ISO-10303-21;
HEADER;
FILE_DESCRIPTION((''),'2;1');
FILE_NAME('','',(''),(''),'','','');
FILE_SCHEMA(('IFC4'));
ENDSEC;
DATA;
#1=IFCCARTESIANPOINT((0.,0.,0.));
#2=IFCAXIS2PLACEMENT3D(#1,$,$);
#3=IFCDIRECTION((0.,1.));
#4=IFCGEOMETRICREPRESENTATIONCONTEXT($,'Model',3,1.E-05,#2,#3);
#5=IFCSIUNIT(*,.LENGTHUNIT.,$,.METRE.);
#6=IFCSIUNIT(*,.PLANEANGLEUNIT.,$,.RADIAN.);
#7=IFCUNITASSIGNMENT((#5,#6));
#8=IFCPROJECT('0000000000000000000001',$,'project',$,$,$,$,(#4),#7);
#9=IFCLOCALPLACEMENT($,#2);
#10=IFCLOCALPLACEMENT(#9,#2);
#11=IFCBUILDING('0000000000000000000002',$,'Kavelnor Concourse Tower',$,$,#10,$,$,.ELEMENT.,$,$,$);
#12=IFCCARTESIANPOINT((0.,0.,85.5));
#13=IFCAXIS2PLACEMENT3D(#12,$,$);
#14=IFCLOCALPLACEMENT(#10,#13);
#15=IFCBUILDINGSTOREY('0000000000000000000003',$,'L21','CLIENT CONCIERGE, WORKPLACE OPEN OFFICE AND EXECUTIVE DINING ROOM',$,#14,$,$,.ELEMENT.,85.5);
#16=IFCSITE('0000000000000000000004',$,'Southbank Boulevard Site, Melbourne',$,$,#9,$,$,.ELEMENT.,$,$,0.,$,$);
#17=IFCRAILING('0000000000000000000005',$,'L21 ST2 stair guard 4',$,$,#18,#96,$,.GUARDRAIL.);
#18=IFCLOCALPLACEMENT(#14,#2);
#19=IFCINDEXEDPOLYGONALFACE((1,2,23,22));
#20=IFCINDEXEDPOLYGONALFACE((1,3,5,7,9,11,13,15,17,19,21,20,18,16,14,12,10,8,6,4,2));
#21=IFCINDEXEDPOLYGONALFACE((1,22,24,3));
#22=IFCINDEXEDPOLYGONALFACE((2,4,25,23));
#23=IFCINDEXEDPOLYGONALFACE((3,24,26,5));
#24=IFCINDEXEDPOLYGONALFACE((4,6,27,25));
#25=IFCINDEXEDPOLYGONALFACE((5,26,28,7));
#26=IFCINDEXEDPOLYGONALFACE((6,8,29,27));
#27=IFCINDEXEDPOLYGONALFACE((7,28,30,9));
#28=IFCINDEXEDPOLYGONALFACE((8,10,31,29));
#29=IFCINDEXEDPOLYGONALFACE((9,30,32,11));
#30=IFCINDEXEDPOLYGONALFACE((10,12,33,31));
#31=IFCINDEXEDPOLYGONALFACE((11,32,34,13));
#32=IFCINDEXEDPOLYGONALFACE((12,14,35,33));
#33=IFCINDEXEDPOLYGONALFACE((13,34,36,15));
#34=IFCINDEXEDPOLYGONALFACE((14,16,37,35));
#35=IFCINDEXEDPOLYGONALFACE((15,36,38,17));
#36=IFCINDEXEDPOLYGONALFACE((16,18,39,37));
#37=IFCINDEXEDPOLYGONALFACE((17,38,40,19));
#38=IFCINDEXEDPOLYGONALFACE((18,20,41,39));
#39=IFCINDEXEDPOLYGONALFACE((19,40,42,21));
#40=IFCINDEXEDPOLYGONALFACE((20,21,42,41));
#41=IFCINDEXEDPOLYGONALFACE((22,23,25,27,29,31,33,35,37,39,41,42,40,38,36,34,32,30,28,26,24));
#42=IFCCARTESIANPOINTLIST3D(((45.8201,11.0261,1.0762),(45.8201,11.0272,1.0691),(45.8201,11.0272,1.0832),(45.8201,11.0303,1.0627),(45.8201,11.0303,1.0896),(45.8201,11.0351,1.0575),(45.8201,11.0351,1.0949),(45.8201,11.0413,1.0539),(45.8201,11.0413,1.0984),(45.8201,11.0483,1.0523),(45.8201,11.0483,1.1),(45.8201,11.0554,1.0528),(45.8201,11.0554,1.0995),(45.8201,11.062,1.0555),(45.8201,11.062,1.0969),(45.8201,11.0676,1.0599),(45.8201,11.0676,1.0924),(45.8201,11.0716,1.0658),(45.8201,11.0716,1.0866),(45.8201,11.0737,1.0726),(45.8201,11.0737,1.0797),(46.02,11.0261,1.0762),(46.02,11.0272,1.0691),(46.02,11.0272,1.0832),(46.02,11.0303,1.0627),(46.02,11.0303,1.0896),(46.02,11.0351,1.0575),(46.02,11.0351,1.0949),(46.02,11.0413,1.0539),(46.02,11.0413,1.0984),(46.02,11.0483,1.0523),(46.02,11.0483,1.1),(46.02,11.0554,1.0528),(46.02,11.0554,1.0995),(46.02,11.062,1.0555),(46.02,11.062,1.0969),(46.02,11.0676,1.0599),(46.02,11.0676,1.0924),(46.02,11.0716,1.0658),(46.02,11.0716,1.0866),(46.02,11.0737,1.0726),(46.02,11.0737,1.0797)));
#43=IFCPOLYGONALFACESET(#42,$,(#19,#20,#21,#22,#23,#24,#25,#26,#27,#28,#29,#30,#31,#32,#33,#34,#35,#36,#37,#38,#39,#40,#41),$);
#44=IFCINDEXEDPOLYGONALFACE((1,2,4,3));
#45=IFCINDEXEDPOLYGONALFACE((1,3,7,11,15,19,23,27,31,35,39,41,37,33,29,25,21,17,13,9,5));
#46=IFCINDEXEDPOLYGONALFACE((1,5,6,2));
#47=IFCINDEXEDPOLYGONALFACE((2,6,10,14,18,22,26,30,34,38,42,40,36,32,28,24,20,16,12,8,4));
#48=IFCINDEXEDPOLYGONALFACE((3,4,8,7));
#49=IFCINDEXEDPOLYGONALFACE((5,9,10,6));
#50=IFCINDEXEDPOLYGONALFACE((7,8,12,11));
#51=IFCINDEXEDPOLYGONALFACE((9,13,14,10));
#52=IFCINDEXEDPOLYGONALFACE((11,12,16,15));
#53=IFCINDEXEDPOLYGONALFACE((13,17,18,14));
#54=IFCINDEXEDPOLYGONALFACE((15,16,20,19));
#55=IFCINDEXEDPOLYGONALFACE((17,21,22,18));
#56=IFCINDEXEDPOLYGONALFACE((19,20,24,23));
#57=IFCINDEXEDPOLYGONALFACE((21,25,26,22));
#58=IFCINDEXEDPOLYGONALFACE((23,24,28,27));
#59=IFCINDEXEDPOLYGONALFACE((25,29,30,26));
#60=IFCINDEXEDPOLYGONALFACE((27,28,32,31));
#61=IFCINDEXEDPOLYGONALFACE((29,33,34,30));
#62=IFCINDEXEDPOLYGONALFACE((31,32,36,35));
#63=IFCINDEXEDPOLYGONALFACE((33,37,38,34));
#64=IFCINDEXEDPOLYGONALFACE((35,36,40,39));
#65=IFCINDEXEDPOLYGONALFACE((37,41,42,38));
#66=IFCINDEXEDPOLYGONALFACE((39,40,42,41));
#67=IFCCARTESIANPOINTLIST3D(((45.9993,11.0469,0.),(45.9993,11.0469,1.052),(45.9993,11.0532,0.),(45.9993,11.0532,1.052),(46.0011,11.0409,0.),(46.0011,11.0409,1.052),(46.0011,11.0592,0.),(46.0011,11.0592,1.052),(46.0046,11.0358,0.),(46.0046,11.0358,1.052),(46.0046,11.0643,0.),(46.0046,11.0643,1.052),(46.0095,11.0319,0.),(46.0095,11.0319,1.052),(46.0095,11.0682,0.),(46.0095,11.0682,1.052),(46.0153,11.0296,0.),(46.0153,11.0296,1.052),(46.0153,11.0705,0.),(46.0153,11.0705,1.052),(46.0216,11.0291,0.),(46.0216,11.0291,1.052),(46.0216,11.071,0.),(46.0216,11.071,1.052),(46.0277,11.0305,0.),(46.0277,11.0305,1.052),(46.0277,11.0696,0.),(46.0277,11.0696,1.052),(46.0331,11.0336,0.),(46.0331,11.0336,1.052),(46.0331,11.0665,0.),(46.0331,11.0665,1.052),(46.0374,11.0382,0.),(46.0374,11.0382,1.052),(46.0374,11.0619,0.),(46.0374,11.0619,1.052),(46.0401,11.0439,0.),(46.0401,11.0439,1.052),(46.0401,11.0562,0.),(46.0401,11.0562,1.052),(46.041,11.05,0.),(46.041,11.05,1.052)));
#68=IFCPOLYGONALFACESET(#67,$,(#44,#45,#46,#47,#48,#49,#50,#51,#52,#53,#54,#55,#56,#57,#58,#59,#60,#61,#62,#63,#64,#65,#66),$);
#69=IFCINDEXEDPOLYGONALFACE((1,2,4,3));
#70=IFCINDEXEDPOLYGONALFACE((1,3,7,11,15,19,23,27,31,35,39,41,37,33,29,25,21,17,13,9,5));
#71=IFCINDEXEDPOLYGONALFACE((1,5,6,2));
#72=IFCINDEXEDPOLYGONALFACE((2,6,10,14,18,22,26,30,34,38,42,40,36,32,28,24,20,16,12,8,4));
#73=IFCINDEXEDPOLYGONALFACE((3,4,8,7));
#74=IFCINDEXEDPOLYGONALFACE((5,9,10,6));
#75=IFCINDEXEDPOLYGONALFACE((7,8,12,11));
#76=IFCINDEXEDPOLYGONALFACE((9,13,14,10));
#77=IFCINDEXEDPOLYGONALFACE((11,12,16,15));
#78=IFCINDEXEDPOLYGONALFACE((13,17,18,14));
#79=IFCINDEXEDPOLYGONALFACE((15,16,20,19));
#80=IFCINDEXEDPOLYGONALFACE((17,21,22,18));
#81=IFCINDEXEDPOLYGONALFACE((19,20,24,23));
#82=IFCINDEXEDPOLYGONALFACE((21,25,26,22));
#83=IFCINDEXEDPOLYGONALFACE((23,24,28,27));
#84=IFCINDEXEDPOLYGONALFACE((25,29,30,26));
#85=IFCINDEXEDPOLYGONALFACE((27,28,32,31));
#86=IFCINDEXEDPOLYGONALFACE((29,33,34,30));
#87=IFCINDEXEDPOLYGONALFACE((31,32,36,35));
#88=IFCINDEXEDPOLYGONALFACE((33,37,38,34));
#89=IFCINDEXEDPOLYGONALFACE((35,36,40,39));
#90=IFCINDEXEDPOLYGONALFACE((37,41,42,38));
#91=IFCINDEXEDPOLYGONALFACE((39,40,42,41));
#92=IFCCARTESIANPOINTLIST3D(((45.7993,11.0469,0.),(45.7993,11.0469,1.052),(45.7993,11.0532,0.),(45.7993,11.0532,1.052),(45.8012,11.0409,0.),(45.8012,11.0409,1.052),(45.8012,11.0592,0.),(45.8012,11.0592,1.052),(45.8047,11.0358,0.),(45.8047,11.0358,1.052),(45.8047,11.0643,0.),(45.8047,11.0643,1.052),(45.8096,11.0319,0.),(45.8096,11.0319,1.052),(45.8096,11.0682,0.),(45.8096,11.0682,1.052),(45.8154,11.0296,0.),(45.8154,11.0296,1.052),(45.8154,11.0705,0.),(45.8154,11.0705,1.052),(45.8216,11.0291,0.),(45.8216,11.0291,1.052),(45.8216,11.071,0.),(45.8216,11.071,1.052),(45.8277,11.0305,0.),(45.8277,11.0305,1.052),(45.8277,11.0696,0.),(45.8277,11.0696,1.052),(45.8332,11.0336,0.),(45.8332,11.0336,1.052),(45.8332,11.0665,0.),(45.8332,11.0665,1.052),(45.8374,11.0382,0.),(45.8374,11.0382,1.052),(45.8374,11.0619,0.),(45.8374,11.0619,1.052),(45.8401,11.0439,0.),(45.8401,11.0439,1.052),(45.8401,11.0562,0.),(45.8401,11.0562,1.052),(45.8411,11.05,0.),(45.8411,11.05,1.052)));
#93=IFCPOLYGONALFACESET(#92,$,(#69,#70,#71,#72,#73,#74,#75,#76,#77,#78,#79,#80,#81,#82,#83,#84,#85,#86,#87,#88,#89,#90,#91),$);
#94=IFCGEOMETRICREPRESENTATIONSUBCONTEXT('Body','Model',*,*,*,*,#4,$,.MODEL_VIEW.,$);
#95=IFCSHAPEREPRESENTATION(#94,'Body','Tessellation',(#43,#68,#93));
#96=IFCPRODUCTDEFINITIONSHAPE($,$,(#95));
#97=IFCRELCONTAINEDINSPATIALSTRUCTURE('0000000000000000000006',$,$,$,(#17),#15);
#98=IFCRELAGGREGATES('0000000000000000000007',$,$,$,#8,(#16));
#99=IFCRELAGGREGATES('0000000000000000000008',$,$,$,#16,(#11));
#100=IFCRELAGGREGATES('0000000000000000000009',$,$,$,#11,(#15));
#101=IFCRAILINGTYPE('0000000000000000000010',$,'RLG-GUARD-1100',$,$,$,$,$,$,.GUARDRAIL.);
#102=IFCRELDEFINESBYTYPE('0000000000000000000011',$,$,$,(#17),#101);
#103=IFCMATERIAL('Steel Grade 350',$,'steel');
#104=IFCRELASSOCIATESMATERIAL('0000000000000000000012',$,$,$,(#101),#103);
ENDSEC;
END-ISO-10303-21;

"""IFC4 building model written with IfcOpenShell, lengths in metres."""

from ifc_helpers import new_model, si_unit, direction, frame, origin, origin_2d, place, context, subcontext, project, spatial, circle, extrude, material, type_object, element, save


model = new_model("IFC4")

# Units and contexts
model_context = context("Model", 3, precision=1e-05, world=origin(), true_north=direction((0.0, 1.0)))
body_context = subcontext(model_context, "Body", "Model", "MODEL_VIEW")
ifc_project = project(units=[si_unit("LENGTHUNIT", "METRE"), si_unit("PLANEANGLEUNIT", "RADIAN")], contexts=[model_context])

# Site, building, storey
site_placement = place(None, origin())
site = spatial("IfcSite", under=ifc_project, at=site_placement, Name="Southbank Boulevard Site, Melbourne", CompositionType="ELEMENT", RefElevation=0.0)
building_placement = place(site_placement, origin())
building = spatial("IfcBuilding", under=site, at=building_placement, Name="Kavelnor Concourse Tower", CompositionType="ELEMENT")
storey_placement = place(building_placement, frame((0.0, 0.0, 85.5)))
storey = spatial("IfcBuildingStorey", under=building, at=storey_placement, Name="L21", Description="CLIENT CONCIERGE, WORKPLACE OPEN OFFICE AND EXECUTIVE DINING ROOM", CompositionType="ELEMENT", Elevation=85.5)

# Shared definitions
ifc_material_1 = material(Name="Steel Grade 350", Category="steel")

# Railing
railing_type_1 = type_object("IfcRailingType", Name="RLG-GUARD-1100", PredefinedType="GUARDRAIL", material=ifc_material_1)
railing_1_placement = place(storey_placement, frame((46.02, 11.05, 0.0)))
element("IfcRailing", 1, at=railing_1_placement, inside=storey, type_object=railing_type_1, Name="L21 ST2 stair guard 4", PredefinedType="GUARDRAIL", context=body_context, shape_type="SweptSolid", body=[
    extrude(circle(Radius=0.0239, at=origin_2d()), frame((0.0, 0.0, 1.0762), z_axis=(-1.0, 0.0, 0.0), x_axis=(0.0, -1.0, 0.0)), (0.0, 0.0, 1.0), 0.2),
    extrude(circle(Radius=0.021, at=origin_2d()), origin(), (0.0, 0.0, 1.0), 1.052),
    extrude(circle(Radius=0.021, at=origin_2d()), frame((-0.2, 0.0, 0.0)), (0.0, 0.0, 1.0), 1.052),
])

save(model, "model.ifc")
